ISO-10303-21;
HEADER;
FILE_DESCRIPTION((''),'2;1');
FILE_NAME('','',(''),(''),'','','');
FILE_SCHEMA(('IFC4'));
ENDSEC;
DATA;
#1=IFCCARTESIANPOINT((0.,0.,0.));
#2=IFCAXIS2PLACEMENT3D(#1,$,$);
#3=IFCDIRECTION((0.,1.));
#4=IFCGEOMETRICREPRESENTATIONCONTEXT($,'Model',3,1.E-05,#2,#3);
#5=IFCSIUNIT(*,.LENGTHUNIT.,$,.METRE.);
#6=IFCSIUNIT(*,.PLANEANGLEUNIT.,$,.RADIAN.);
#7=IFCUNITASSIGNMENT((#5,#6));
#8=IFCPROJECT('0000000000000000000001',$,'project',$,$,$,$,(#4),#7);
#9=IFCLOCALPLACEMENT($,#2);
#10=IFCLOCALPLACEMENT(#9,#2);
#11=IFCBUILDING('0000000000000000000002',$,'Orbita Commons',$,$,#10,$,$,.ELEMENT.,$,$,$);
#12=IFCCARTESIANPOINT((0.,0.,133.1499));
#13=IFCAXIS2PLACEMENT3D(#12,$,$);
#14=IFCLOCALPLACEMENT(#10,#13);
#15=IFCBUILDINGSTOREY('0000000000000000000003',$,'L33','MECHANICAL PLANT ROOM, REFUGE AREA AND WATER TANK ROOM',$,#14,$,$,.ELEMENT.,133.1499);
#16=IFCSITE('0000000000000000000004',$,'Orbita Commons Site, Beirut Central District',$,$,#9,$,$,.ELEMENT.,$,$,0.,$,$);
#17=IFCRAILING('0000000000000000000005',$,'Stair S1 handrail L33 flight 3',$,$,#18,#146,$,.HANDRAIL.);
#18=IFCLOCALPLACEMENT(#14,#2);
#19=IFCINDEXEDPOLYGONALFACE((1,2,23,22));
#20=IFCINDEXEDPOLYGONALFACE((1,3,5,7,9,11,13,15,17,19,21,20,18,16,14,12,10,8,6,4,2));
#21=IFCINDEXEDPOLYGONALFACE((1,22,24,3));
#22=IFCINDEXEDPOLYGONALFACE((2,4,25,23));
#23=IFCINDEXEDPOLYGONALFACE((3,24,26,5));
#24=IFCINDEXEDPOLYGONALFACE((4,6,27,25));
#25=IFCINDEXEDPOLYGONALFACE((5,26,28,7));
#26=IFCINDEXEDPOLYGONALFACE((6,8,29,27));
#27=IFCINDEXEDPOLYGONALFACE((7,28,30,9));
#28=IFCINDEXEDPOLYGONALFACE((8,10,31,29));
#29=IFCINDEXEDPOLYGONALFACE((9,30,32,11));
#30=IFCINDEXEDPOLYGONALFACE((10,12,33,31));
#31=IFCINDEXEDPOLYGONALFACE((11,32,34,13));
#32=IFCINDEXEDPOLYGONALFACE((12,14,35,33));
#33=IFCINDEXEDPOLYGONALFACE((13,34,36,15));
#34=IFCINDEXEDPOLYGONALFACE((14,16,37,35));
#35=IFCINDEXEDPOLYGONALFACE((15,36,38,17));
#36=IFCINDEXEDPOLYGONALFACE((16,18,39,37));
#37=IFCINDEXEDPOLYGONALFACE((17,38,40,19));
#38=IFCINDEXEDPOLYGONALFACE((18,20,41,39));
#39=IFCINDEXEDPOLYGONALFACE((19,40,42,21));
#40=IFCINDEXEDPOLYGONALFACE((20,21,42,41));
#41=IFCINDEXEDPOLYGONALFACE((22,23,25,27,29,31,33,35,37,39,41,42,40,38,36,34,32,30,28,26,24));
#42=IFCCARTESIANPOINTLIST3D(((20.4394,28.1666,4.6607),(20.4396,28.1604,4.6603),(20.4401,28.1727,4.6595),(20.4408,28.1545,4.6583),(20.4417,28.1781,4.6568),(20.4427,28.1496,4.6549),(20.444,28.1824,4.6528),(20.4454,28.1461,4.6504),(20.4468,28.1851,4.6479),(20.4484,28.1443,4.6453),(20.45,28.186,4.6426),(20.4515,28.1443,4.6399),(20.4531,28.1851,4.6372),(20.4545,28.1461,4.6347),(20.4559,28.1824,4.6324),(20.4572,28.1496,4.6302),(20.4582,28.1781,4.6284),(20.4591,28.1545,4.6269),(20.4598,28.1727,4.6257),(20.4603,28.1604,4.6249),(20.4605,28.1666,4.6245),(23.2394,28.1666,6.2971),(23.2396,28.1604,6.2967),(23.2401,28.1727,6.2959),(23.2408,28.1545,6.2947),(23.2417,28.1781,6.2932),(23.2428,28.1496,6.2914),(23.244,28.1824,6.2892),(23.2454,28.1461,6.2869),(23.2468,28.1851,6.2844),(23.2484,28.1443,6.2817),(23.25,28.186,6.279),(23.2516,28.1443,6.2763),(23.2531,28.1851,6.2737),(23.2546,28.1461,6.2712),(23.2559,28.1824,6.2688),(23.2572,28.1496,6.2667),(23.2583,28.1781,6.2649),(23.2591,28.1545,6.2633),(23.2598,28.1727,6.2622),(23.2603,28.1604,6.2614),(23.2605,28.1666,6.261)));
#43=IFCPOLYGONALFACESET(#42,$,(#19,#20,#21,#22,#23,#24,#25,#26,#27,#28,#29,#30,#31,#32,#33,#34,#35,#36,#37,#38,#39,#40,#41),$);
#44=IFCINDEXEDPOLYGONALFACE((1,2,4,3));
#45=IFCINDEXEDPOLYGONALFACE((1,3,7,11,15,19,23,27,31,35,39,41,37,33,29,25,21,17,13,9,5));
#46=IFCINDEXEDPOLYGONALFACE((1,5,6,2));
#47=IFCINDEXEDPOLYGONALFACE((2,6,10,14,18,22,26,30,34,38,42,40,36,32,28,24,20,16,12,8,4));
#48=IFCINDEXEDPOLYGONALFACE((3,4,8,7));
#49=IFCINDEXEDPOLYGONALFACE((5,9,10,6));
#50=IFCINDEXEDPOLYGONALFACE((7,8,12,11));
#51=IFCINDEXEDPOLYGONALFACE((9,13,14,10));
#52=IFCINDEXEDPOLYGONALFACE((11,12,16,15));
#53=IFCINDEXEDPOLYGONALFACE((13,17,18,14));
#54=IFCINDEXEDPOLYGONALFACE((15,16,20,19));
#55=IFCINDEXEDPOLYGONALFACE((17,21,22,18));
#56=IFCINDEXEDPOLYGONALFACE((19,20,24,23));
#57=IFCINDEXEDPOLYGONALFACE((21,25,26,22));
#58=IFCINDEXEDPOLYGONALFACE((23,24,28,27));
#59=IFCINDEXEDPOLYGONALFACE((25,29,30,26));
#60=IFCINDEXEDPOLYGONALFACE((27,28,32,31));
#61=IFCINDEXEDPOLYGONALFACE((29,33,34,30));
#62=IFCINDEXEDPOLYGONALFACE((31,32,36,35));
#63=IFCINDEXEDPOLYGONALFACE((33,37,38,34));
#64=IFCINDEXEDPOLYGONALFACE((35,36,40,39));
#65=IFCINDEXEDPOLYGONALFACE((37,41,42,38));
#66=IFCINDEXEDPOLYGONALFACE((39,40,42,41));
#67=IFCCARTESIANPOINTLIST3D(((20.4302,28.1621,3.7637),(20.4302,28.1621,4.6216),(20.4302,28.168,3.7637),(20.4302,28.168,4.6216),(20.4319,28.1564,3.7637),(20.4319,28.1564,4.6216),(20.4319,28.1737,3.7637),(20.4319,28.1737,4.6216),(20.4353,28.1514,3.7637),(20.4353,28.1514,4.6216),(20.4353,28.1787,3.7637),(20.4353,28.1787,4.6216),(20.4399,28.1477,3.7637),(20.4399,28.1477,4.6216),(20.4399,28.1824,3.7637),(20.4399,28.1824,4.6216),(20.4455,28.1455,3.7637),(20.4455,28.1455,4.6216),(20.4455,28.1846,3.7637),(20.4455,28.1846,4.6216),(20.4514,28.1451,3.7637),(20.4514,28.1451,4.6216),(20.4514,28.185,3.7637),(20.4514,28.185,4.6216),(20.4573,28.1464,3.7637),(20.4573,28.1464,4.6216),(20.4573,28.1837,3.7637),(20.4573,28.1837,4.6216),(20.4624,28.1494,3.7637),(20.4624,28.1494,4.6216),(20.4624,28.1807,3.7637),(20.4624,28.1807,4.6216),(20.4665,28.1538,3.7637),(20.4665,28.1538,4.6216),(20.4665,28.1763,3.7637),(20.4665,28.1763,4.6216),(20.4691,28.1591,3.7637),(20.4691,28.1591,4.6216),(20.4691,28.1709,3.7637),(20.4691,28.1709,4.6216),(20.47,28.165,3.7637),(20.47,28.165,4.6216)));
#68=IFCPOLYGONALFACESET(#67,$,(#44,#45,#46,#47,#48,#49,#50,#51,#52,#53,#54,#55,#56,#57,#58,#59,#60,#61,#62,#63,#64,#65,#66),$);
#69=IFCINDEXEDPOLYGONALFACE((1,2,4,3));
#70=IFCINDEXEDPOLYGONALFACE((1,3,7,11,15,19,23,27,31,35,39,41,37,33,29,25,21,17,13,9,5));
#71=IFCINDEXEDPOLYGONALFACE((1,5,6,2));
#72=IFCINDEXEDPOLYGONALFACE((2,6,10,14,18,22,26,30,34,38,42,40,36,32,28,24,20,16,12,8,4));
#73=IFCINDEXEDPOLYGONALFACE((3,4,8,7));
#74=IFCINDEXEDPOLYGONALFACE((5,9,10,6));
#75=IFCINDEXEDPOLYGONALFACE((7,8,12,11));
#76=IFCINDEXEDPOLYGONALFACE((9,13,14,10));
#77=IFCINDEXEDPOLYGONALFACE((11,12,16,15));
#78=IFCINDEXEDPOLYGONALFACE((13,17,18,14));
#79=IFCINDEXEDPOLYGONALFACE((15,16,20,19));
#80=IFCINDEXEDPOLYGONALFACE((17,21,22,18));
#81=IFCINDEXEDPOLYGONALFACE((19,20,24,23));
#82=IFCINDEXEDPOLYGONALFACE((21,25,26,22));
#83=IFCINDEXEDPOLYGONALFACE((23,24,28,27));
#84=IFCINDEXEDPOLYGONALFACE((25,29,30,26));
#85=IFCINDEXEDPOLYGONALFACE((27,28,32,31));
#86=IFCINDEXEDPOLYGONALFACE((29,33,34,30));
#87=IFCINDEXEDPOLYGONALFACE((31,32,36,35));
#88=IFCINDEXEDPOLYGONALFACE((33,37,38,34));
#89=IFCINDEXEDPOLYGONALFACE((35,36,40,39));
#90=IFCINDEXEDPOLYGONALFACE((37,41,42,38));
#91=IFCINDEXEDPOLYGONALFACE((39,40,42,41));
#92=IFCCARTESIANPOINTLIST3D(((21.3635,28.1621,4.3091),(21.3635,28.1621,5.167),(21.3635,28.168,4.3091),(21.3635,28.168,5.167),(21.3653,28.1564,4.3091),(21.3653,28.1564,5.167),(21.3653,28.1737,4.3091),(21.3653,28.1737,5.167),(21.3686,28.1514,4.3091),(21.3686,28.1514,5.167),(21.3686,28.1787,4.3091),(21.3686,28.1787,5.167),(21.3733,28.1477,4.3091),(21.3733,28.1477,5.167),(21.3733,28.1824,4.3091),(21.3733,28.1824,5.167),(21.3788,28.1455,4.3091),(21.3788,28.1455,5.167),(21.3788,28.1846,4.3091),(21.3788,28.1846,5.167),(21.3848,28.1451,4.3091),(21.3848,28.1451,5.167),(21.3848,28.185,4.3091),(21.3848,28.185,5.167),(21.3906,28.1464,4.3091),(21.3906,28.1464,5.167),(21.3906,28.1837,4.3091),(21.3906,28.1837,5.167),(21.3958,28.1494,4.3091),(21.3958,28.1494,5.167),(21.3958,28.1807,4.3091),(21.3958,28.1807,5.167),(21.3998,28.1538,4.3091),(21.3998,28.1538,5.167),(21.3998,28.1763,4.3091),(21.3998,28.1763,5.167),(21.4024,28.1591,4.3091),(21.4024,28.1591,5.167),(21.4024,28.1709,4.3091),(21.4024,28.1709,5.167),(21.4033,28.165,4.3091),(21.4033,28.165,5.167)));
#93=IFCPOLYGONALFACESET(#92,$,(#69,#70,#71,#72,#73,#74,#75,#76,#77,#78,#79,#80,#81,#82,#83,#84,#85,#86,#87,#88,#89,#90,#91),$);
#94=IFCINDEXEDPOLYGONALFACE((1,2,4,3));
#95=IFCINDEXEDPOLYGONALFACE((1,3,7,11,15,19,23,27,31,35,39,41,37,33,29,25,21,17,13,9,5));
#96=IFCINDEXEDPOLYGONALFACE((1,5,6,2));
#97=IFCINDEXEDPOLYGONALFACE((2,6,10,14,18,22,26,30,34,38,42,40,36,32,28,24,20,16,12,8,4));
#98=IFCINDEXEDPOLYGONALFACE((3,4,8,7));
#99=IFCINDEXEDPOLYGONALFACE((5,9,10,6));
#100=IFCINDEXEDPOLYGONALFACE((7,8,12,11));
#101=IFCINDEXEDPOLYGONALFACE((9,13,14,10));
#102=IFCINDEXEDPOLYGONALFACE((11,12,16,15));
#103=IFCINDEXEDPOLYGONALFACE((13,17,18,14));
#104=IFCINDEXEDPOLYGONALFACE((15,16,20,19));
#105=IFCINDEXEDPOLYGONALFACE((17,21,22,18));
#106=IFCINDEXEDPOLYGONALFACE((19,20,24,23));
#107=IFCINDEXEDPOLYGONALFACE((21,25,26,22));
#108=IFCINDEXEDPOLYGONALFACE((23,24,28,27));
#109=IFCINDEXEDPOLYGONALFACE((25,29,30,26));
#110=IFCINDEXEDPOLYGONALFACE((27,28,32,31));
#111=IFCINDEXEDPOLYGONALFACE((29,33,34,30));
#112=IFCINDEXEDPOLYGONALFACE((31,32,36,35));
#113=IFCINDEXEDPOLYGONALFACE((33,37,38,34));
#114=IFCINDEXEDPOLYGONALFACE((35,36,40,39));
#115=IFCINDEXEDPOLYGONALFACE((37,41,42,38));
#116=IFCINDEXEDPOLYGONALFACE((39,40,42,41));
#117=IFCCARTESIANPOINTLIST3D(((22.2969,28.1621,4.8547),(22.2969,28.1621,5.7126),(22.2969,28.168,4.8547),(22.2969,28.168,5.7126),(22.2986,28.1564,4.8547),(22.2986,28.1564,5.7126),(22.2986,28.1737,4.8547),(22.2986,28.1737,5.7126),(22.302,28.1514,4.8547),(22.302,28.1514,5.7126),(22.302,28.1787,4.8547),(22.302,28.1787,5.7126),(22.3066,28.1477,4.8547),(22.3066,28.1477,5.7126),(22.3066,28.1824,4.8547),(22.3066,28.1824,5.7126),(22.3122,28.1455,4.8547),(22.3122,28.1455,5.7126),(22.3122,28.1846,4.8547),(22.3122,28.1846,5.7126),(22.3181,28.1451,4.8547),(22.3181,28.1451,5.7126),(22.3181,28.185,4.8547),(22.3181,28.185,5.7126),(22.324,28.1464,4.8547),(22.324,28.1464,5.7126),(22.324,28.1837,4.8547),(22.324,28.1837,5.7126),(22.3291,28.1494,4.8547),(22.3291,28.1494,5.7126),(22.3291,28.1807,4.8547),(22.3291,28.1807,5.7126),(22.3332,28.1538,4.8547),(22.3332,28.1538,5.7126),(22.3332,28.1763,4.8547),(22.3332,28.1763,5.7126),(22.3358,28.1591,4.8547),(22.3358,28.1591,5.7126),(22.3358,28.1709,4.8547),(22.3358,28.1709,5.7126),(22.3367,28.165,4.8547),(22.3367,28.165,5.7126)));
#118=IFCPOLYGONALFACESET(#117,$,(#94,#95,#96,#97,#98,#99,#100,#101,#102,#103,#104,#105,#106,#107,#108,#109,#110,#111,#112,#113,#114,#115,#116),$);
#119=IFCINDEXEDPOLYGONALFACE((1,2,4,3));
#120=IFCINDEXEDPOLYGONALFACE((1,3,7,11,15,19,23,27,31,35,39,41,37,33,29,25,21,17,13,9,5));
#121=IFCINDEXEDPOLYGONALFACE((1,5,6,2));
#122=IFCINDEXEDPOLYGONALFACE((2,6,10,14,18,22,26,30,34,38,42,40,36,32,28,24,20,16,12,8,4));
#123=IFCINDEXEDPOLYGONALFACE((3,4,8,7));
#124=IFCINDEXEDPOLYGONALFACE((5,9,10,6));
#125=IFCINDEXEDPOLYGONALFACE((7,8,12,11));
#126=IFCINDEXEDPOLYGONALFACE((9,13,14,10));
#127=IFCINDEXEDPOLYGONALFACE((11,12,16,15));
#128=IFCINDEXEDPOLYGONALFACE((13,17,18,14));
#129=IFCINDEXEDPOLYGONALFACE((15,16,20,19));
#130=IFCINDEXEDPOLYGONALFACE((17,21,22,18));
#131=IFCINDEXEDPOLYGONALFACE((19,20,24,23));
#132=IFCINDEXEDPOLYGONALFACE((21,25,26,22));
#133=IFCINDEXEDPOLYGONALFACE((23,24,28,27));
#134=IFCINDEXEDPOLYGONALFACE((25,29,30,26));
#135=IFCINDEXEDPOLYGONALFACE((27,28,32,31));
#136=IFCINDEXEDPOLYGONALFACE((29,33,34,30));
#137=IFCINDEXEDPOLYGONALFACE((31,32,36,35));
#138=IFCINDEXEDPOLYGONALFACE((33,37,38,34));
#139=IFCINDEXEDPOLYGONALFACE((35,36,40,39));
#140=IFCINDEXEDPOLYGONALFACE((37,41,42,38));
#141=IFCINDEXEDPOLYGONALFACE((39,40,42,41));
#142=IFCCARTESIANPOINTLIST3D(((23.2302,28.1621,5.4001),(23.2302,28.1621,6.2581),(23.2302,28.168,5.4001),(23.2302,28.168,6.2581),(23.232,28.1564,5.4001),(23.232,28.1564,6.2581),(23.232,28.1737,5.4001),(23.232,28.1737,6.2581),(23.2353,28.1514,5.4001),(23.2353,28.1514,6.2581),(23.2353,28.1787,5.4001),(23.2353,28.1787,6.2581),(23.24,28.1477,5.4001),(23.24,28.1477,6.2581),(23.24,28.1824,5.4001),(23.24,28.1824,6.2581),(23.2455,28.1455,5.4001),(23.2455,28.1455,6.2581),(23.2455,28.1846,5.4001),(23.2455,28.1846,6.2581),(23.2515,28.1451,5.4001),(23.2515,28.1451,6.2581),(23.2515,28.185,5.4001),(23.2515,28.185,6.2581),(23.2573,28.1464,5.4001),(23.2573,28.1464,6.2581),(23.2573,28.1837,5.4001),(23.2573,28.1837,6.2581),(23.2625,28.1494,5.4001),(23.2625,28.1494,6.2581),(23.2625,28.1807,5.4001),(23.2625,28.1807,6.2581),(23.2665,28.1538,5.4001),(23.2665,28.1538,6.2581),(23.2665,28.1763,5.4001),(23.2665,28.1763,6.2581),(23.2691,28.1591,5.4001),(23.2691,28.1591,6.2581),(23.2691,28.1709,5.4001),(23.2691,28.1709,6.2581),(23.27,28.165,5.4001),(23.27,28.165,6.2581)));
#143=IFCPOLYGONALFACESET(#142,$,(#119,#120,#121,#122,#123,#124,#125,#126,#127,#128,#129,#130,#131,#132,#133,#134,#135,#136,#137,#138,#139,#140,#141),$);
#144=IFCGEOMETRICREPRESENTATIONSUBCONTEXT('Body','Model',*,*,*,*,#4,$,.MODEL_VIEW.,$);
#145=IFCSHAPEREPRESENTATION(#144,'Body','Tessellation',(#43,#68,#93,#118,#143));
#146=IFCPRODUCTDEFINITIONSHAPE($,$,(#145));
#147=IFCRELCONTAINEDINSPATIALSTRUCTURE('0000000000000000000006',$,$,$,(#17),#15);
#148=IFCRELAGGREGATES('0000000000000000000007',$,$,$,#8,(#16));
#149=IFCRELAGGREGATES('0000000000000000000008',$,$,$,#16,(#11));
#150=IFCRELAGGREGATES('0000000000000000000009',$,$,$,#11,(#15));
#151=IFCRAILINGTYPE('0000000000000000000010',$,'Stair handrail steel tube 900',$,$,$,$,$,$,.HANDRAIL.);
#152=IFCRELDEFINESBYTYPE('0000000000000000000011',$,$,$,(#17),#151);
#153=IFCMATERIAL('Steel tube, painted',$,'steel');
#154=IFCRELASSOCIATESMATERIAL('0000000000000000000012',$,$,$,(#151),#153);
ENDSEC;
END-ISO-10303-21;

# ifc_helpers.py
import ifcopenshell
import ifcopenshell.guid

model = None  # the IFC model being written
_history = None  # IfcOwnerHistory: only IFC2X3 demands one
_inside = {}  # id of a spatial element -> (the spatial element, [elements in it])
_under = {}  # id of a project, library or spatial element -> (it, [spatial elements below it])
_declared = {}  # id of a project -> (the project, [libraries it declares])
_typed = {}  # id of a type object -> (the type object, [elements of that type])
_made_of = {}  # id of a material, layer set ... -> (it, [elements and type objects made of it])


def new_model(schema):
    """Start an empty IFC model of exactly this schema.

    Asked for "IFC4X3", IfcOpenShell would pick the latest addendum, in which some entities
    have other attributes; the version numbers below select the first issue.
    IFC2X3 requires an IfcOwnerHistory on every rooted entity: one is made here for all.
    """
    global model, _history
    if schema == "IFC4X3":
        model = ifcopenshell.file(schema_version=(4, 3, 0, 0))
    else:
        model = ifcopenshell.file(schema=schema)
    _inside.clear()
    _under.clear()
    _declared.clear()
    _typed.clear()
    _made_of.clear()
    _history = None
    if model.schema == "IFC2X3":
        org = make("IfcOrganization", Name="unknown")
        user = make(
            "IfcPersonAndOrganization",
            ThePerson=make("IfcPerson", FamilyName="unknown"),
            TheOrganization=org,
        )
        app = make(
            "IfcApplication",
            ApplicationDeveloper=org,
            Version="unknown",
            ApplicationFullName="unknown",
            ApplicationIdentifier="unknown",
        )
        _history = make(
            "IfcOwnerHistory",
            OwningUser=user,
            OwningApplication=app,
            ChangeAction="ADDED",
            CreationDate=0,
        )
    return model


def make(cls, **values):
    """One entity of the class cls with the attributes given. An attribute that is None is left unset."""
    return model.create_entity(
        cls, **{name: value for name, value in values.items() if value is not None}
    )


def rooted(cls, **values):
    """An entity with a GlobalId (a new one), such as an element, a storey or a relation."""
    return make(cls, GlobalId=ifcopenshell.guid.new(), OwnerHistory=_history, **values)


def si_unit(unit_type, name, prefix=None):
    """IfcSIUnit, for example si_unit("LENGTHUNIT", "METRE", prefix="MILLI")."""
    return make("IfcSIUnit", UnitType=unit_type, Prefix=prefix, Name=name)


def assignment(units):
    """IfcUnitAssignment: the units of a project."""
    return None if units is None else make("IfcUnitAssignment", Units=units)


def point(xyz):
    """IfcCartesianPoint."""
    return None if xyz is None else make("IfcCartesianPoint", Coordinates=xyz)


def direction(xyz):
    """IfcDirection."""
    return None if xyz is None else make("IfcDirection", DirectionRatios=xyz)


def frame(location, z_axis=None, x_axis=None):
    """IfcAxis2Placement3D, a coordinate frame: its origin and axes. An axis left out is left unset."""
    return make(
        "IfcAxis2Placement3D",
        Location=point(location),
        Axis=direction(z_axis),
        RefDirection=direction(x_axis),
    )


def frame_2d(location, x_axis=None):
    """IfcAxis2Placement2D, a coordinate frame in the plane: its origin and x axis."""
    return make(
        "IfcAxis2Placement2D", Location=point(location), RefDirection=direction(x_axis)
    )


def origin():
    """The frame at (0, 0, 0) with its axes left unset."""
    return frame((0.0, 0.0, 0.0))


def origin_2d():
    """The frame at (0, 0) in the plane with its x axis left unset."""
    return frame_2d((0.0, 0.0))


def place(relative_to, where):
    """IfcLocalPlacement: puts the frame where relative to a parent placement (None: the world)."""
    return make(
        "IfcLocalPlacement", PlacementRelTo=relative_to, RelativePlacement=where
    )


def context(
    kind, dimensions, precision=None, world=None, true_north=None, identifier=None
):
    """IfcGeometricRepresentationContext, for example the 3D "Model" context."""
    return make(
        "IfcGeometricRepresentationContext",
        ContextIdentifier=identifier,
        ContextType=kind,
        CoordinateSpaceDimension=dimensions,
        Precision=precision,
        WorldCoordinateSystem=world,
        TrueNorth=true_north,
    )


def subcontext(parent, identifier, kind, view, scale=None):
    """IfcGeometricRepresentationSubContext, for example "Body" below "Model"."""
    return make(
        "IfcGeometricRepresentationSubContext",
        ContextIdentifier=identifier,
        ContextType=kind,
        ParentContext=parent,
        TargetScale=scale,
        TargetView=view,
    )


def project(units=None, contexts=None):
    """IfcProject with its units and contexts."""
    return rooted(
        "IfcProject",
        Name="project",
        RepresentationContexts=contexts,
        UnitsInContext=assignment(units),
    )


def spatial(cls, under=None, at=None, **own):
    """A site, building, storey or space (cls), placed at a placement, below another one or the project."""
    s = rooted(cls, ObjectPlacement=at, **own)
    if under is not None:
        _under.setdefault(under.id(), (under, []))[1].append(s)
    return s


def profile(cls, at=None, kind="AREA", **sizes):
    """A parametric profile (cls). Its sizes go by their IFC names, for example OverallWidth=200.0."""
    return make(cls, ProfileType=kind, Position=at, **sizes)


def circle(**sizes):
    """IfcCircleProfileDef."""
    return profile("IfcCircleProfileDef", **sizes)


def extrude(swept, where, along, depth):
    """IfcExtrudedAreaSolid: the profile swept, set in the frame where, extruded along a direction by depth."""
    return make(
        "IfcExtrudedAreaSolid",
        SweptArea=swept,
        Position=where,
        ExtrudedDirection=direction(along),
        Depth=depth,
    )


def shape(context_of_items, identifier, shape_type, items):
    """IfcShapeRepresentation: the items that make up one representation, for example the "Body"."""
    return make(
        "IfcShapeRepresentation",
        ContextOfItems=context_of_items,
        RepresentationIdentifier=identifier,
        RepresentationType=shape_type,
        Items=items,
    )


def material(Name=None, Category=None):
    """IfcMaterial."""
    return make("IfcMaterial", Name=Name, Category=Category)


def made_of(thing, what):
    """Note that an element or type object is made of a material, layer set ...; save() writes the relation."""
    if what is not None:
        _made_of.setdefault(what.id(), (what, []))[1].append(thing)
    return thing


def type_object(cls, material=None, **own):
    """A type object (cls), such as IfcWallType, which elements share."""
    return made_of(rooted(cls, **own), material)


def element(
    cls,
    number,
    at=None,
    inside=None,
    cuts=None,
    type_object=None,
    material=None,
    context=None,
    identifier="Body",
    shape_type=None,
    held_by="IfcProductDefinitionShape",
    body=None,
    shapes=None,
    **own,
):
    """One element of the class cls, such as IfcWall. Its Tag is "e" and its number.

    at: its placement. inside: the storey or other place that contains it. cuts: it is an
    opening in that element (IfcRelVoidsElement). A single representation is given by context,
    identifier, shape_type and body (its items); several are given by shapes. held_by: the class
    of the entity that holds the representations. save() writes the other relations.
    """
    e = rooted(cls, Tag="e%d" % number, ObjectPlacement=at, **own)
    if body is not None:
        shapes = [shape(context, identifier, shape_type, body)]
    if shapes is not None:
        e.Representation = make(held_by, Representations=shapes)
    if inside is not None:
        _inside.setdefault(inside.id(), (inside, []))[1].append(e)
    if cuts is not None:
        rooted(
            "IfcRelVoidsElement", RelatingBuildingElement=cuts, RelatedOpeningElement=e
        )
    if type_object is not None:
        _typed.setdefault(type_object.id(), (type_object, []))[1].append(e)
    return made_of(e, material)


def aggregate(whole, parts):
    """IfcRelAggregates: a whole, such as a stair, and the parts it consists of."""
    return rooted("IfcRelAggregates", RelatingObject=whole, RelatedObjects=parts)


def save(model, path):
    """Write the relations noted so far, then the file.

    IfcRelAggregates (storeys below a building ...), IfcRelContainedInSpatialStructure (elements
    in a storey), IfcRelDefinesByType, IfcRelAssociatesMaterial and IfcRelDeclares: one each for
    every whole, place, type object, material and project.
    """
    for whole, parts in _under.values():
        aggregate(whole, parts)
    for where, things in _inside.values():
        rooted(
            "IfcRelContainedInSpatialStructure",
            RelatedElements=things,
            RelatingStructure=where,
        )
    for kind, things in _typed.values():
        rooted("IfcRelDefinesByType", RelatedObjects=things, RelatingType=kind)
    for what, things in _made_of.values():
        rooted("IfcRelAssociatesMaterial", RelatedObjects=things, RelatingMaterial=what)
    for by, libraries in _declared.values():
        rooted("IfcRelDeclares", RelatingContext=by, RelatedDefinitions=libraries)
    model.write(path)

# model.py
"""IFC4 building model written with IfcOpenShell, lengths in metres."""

from ifc_helpers import new_model, si_unit, direction, frame, origin, origin_2d, place, context, subcontext, project, spatial, circle, extrude, material, type_object, element, save


model = new_model("IFC4")

# Units and contexts
model_context = context("Model", 3, precision=1e-05, world=origin(), true_north=direction((0.0, 1.0)))
body_context = subcontext(model_context, "Body", "Model", "MODEL_VIEW")
ifc_project = project(units=[si_unit("LENGTHUNIT", "METRE"), si_unit("PLANEANGLEUNIT", "RADIAN")], contexts=[model_context])

# Site, building, storey
site_placement = place(None, origin())
site = spatial("IfcSite", under=ifc_project, at=site_placement, Name="Orbita Commons Site, Beirut Central District", CompositionType="ELEMENT", RefElevation=0.0)
building_placement = place(site_placement, origin())
building = spatial("IfcBuilding", under=site, at=building_placement, Name="Orbita Commons", CompositionType="ELEMENT")
storey_placement = place(building_placement, frame((0.0, 0.0, 133.1499)))
storey = spatial("IfcBuildingStorey", under=building, at=storey_placement, Name="L33", Description="MECHANICAL PLANT ROOM, REFUGE AREA AND WATER TANK ROOM", CompositionType="ELEMENT", Elevation=133.1499)

# Railing
ifc_material_1 = material(Name="Steel tube, painted", Category="steel")
railing_type = type_object("IfcRailingType", Name="Stair handrail steel tube 900", PredefinedType="HANDRAIL", material=ifc_material_1)
for number, where, name in (
    (1, (20.45, 28.165, 3.7637), "Stair S1 handrail L33 flight 3"),
):
    element("IfcRailing", number, at=place(storey_placement, frame(where)), inside=storey, type_object=railing_type, Name=name, PredefinedType="HANDRAIL", context=body_context, shape_type="SweptSolid", body=[
        extrude(circle(Radius=0.021, at=origin_2d()), frame((0.0, 0.0, 0.8789), z_axis=(0.863361, 0.0, 0.504587), x_axis=(0.0, 1.0, 0.0)), (0.0, 0.0, 1.0), 3.2432),
        extrude(circle(Radius=0.02, at=origin_2d()), origin(), (0.0, 0.0, 1.0), 0.8579),
        extrude(circle(Radius=0.02, at=origin_2d()), frame((0.9333, 0.0, 0.5454)), (0.0, 0.0, 1.0), 0.8579),
        extrude(circle(Radius=0.02, at=origin_2d()), frame((1.8667, 0.0, 1.0911)), (0.0, 0.0, 1.0), 0.8579),
        extrude(circle(Radius=0.02, at=origin_2d()), frame((2.8, 0.0, 1.6365)), (0.0, 0.0, 1.0), 0.8579),
    ])

save(model, "model.ifc")
